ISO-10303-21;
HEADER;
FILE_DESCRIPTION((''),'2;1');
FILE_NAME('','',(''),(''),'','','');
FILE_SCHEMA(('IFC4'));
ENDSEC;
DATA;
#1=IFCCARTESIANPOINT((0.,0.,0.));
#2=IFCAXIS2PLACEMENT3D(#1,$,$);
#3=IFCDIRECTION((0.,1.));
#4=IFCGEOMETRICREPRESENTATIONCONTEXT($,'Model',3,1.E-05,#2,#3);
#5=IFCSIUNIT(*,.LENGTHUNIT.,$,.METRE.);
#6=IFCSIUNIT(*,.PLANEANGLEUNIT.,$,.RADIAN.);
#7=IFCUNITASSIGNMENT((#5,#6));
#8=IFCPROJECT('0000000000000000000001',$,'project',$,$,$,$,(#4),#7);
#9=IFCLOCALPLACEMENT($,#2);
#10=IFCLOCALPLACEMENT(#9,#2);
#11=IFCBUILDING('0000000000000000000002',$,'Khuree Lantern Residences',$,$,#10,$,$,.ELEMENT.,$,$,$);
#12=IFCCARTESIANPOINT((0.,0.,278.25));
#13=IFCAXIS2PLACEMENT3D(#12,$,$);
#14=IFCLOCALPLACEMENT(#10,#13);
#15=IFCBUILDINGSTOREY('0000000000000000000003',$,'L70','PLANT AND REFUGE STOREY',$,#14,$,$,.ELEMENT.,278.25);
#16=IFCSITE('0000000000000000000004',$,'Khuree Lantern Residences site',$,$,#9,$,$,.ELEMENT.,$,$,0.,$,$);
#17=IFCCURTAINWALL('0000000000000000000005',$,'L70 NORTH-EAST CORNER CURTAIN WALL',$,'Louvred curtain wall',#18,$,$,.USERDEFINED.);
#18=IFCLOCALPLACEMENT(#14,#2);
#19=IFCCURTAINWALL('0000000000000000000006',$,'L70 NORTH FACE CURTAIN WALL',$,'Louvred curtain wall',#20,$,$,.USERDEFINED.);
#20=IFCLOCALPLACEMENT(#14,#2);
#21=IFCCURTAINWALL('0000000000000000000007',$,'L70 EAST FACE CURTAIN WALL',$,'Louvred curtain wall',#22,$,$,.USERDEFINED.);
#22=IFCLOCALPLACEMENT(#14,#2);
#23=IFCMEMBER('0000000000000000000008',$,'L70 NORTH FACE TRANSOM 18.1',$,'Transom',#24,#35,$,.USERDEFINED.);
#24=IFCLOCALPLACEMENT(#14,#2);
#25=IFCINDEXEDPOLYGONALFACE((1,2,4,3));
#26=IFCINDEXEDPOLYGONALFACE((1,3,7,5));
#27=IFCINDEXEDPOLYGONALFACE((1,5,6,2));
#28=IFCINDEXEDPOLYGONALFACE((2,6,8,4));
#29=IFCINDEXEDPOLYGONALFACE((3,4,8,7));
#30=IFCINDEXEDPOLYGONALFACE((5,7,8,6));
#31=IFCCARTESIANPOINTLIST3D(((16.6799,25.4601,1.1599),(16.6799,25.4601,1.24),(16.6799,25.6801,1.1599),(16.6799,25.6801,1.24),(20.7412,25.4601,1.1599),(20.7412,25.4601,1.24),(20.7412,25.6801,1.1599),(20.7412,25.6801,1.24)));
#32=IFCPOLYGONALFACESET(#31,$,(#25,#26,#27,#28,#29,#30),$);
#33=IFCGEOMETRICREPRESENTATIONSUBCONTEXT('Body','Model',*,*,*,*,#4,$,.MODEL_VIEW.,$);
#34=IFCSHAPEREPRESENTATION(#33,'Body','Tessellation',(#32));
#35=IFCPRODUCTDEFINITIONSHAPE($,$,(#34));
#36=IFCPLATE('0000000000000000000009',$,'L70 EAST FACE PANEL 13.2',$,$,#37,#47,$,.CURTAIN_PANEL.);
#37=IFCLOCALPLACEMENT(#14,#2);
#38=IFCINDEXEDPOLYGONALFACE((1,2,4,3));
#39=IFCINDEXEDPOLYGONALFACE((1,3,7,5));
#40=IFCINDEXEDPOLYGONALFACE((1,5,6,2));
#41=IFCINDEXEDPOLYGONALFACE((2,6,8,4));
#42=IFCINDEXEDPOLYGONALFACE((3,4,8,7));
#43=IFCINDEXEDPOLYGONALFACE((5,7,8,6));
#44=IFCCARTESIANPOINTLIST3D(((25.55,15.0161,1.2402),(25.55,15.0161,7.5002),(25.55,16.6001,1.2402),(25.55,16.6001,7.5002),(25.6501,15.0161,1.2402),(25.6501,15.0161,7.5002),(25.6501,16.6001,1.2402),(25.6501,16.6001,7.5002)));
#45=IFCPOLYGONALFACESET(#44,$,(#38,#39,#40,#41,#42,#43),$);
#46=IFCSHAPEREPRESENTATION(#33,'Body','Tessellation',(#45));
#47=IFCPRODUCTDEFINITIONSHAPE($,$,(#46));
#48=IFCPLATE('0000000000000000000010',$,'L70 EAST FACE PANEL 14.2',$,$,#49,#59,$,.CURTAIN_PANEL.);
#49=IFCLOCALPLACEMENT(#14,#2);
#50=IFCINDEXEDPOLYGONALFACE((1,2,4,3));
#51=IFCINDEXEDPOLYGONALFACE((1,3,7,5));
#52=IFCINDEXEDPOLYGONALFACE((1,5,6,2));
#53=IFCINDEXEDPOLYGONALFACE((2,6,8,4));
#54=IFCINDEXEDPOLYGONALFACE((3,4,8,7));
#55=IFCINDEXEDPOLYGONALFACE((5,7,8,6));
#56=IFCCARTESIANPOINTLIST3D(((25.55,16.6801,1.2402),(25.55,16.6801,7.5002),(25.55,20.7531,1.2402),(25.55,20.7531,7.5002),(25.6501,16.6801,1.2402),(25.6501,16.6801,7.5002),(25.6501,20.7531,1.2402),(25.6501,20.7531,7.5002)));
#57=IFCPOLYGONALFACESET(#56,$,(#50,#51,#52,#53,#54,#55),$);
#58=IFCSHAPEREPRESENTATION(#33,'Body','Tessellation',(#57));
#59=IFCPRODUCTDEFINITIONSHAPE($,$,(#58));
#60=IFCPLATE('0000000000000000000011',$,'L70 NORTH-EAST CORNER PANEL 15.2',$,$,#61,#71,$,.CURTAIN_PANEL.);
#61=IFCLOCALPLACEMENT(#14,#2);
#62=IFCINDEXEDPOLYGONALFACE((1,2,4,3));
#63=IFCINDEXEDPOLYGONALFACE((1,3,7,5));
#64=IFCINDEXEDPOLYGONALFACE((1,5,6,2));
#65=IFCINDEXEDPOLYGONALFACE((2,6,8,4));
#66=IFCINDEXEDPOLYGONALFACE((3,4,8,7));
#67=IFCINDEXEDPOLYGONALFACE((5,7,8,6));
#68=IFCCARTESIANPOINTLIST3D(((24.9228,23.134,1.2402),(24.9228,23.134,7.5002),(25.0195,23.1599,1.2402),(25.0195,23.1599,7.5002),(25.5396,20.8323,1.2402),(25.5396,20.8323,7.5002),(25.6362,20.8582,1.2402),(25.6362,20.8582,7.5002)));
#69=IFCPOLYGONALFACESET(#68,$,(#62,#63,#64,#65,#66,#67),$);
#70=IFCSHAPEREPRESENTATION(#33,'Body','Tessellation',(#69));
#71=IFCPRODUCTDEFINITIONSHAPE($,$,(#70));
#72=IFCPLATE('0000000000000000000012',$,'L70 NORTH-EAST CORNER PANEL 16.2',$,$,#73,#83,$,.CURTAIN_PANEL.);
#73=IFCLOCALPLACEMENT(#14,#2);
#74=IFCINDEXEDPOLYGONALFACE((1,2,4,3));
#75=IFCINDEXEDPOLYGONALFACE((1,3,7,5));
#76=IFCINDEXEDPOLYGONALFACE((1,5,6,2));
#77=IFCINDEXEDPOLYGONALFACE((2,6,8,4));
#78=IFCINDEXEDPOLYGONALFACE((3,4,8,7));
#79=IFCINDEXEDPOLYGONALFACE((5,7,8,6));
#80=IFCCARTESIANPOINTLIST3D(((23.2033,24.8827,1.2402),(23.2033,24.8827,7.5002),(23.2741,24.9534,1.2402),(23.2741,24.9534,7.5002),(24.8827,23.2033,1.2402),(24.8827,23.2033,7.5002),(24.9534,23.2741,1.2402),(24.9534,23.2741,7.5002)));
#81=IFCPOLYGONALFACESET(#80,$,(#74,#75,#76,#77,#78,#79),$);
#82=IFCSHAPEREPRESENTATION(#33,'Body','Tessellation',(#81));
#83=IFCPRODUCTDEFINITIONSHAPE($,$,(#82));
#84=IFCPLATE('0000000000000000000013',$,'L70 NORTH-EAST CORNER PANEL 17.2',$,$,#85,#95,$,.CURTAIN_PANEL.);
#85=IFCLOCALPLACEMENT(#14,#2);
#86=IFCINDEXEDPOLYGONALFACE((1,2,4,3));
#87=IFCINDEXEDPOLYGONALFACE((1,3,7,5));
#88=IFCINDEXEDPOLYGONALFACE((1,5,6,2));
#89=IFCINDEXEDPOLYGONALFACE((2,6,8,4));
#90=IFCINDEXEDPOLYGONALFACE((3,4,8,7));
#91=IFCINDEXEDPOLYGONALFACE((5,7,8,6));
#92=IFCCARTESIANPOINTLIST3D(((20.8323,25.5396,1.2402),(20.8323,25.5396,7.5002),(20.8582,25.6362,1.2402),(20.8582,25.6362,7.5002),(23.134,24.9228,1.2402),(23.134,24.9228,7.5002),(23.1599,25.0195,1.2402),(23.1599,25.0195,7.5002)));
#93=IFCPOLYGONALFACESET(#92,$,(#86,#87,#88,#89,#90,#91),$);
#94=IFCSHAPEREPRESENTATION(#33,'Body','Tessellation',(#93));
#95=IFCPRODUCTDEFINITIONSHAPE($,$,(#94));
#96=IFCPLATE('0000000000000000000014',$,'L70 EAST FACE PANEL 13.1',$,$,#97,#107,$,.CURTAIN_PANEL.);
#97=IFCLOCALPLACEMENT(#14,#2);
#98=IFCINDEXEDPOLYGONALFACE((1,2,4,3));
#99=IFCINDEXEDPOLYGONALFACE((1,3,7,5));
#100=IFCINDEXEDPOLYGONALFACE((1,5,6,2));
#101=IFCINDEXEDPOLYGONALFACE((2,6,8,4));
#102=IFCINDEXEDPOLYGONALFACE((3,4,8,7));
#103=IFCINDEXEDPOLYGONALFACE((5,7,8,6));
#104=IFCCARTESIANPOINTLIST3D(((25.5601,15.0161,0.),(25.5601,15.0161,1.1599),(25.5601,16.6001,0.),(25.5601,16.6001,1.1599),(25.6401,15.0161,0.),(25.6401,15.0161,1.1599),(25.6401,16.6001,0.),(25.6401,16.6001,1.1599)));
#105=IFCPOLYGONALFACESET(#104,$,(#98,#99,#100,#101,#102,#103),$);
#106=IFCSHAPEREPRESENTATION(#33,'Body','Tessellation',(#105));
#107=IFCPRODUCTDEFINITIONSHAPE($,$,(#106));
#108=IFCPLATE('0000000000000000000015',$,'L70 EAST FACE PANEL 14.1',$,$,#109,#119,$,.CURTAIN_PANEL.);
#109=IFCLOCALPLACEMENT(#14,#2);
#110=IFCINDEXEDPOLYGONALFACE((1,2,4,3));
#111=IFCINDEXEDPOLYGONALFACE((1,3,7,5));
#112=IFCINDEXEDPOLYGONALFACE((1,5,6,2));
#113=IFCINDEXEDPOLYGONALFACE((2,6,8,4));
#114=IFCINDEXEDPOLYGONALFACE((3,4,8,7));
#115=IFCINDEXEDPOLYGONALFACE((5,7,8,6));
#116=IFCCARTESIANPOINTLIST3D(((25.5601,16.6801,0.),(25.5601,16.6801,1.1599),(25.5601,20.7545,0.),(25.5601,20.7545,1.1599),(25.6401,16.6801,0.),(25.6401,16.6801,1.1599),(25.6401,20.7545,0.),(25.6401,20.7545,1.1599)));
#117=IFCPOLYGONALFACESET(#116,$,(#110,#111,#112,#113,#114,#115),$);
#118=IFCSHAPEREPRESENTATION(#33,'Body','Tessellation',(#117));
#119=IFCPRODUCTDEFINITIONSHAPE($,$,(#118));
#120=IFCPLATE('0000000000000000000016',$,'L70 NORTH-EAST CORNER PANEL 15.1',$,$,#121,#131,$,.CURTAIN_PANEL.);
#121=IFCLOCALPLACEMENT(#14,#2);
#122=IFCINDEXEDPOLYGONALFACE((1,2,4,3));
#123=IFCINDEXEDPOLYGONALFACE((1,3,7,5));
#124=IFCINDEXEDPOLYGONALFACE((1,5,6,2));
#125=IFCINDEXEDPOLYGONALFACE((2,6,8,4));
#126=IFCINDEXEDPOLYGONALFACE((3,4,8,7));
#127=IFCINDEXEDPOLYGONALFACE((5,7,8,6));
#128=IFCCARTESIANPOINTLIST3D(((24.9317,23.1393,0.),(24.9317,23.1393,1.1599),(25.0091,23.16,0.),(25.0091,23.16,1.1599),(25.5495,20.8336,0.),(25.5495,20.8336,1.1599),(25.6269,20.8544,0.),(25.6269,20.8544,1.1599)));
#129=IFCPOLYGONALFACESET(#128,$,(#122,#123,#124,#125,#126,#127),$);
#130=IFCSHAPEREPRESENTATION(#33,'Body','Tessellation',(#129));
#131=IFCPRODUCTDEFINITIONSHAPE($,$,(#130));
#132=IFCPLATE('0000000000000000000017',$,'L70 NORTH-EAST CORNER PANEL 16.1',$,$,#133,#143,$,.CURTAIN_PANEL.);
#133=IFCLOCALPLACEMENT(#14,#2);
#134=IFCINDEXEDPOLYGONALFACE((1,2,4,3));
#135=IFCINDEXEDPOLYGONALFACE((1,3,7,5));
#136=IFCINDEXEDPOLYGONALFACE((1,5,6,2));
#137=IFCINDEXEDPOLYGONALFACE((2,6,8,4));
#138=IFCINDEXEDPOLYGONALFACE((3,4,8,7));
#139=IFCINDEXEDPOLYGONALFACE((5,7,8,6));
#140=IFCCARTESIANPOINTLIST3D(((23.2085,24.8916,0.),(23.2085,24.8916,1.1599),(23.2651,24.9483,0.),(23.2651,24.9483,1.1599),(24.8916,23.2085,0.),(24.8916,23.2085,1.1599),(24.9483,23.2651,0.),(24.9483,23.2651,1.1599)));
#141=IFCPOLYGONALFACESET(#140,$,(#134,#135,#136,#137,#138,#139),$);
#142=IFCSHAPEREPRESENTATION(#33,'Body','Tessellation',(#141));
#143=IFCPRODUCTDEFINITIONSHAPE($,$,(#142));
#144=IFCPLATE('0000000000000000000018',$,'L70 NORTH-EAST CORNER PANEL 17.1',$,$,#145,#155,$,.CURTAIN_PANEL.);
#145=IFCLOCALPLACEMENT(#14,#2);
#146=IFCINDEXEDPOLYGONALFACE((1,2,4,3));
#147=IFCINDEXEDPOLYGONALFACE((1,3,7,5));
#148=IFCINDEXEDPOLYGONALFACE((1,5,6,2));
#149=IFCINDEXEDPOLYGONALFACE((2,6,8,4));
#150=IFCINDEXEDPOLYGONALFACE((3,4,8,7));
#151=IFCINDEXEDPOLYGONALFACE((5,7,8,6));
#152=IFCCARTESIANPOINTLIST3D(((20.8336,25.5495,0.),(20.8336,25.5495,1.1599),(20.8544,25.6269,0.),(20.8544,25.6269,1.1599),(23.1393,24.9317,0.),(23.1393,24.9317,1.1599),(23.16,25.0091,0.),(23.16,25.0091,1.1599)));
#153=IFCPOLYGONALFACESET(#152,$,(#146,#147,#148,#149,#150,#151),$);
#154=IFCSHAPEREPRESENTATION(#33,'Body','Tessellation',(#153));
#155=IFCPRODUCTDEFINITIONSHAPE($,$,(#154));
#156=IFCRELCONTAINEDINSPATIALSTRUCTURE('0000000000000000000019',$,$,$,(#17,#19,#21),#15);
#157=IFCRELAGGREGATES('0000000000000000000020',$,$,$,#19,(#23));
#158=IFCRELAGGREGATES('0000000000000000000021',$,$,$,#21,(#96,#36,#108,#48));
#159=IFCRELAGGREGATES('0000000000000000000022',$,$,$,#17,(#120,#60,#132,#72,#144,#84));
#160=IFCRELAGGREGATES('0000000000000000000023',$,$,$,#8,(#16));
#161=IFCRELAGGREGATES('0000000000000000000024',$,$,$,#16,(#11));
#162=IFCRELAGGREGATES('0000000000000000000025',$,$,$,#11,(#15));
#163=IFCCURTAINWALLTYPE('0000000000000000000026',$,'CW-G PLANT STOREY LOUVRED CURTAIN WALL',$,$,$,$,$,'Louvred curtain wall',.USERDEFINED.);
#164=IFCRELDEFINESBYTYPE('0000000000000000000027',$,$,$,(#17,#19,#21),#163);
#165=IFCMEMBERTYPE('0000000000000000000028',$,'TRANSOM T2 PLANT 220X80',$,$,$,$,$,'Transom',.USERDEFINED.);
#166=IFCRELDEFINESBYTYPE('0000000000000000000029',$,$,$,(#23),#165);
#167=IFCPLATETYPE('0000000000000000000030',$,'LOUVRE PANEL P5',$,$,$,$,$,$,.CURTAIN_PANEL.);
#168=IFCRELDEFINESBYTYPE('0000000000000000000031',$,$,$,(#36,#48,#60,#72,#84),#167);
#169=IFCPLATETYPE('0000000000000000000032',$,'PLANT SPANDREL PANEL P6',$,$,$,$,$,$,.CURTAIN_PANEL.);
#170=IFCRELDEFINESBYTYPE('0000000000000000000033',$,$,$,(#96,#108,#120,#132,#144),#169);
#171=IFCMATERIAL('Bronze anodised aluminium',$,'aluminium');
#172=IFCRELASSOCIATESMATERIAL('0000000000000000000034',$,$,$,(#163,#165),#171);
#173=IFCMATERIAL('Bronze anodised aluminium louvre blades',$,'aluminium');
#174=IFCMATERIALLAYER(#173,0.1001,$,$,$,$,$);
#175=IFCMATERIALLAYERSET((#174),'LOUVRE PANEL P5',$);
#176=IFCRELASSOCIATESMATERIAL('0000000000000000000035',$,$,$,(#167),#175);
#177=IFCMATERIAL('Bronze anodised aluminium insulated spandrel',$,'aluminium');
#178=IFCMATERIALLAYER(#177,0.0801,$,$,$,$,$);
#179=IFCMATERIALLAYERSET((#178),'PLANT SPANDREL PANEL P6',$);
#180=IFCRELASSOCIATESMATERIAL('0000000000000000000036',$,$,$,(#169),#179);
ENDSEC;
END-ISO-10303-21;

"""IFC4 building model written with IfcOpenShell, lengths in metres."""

from ifc_helpers import new_model, si_unit, direction, frame, origin, origin_2d, place, context, subcontext, project, spatial, rectangle, extrude, material, layer, layer_set, material_profile, profile_set, type_object, element, aggregate, save


model = new_model("IFC4")

# Units and contexts
model_context = context("Model", 3, precision=1e-05, world=origin(), true_north=direction((0.0, 1.0)))
body_context = subcontext(model_context, "Body", "Model", "MODEL_VIEW")
ifc_project = project(units=[si_unit("LENGTHUNIT", "METRE"), si_unit("PLANEANGLEUNIT", "RADIAN")], contexts=[model_context])

# Site, building, storey
site_placement = place(None, origin())
site = spatial("IfcSite", under=ifc_project, at=site_placement, Name="Khuree Lantern Residences site", CompositionType="ELEMENT", RefElevation=0.0)
building_placement = place(site_placement, origin())
building = spatial("IfcBuilding", under=site, at=building_placement, Name="Khuree Lantern Residences", CompositionType="ELEMENT")
storey_placement = place(building_placement, frame((0.0, 0.0, 278.25)))
storey = spatial("IfcBuildingStorey", under=building, at=storey_placement, Name="L70", Description="PLANT AND REFUGE STOREY", CompositionType="ELEMENT", Elevation=278.25)

# Curtain walls
ifc_material_1 = material(Name="Bronze anodised aluminium", Category="aluminium")
curtain_wall_type = type_object("IfcCurtainWallType", Name="CW-G PLANT STOREY LOUVRED CURTAIN WALL", ElementType="Louvred curtain wall", PredefinedType="USERDEFINED", material=ifc_material_1)
curtain_wall_1_placement = place(storey_placement, origin())
curtain_wall_1 = element("IfcCurtainWall", 1, at=curtain_wall_1_placement, inside=storey, type_object=curtain_wall_type, Name="L70 NORTH-EAST CORNER CURTAIN WALL", ObjectType="Louvred curtain wall", PredefinedType="USERDEFINED")
curtain_wall_2_placement = place(storey_placement, origin())
curtain_wall_2 = element("IfcCurtainWall", 2, at=curtain_wall_2_placement, inside=storey, type_object=curtain_wall_type, Name="L70 NORTH FACE CURTAIN WALL", ObjectType="Louvred curtain wall", PredefinedType="USERDEFINED")

# Curtain wall
curtain_wall_3_placement = place(storey_placement, origin())
curtain_wall_3 = element("IfcCurtainWall", 3, at=curtain_wall_3_placement, inside=storey, type_object=curtain_wall_type, Name="L70 EAST FACE CURTAIN WALL", ObjectType="Louvred curtain wall", PredefinedType="USERDEFINED")

# Member
ifc_material_profile_1 = material_profile(ifc_material_1, rectangle(XDim=0.22, YDim=0.0801, at=origin_2d()), Name="T2 220X80")
ifc_profile_set_1 = profile_set([ifc_material_profile_1], Name="Bronze anodised aluminium")
member_type_1 = type_object("IfcMemberType", Name="TRANSOM T2 PLANT 220X80", ElementType="Transom", PredefinedType="USERDEFINED", material=ifc_profile_set_1)
member_1_placement = place(storey_placement, frame((20.7412, 25.5701, 1.2), z_axis=(-1.0, 0.0, 0.0), x_axis=(0.0, -1.0, 0.0)))
member_1 = element("IfcMember", 4, at=member_1_placement, type_object=member_type_1, Name="L70 NORTH FACE TRANSOM 18.1", ObjectType="Transom", PredefinedType="USERDEFINED", context=body_context, shape_type="SweptSolid", body=[
    extrude(rectangle(XDim=0.22, YDim=0.0801, at=origin_2d()), origin(), (0.0, 0.0, 1.0), 4.0613),
])
aggregate(curtain_wall_2, [member_1])

# Plates
ifc_material_2 = material(Name="Bronze anodised aluminium louvre blades", Category="aluminium")
ifc_layer_1 = layer(ifc_material_2, 0.1001)
ifc_layer_set_1 = layer_set([ifc_layer_1], Name="LOUVRE PANEL P5")
plate_type_1 = type_object("IfcPlateType", Name="LOUVRE PANEL P5", PredefinedType="CURTAIN_PANEL", material=ifc_layer_set_1)
plate_1_placement = place(storey_placement, frame((25.6001, 15.8081, 1.2402), z_axis=(0.0, 0.0, 1.0), x_axis=(0.0, 1.0, 0.0)))
plate_1 = element("IfcPlate", 5, at=plate_1_placement, type_object=plate_type_1, Name="L70 EAST FACE PANEL 13.2", PredefinedType="CURTAIN_PANEL", context=body_context, shape_type="SweptSolid", body=[
    extrude(rectangle(XDim=1.584, YDim=0.1001, at=origin_2d()), origin(), (0.0, 0.0, 1.0), 6.26),
])
plate_2_placement = place(storey_placement, frame((25.6001, 18.7166, 1.2402), z_axis=(0.0, 0.0, 1.0), x_axis=(0.0, 1.0, 0.0)))
plate_2 = element("IfcPlate", 6, at=plate_2_placement, type_object=plate_type_1, Name="L70 EAST FACE PANEL 14.2", PredefinedType="CURTAIN_PANEL", context=body_context, shape_type="SweptSolid", body=[
    extrude(rectangle(XDim=4.073, YDim=0.1001, at=origin_2d()), origin(), (0.0, 0.0, 1.0), 6.26),
])
plate_3_placement = place(storey_placement, frame((25.2795, 21.9961, 1.2402), z_axis=(0.0, 0.0, 1.0), x_axis=(-0.258819, 0.965926, 0.0)))
plate_3 = element("IfcPlate", 7, at=plate_3_placement, type_object=plate_type_1, Name="L70 NORTH-EAST CORNER PANEL 15.2", PredefinedType="CURTAIN_PANEL", context=body_context, shape_type="SweptSolid", body=[
    extrude(rectangle(XDim=2.3828, YDim=0.1001, at=origin_2d()), origin(), (0.0, 0.0, 1.0), 6.26),
])
plate_4_placement = place(storey_placement, frame((24.0784, 24.0784, 1.2402), z_axis=(0.0, 0.0, 1.0), x_axis=(-0.707107, 0.707107, 0.0)))
plate_4 = element("IfcPlate", 8, at=plate_4_placement, type_object=plate_type_1, Name="L70 NORTH-EAST CORNER PANEL 16.2", PredefinedType="CURTAIN_PANEL", context=body_context, shape_type="SweptSolid", body=[
    extrude(rectangle(XDim=2.375, YDim=0.1001, at=origin_2d()), origin(), (0.0, 0.0, 1.0), 6.26),
])
plate_5_placement = place(storey_placement, frame((21.9961, 25.2795, 1.2402), z_axis=(0.0, 0.0, 1.0), x_axis=(-0.965926, 0.258819, 0.0)))
plate_5 = element("IfcPlate", 9, at=plate_5_placement, type_object=plate_type_1, Name="L70 NORTH-EAST CORNER PANEL 17.2", PredefinedType="CURTAIN_PANEL", context=body_context, shape_type="SweptSolid", body=[
    extrude(rectangle(XDim=2.3828, YDim=0.1001, at=origin_2d()), origin(), (0.0, 0.0, 1.0), 6.26),
])
ifc_material_3 = material(Name="Bronze anodised aluminium insulated spandrel", Category="aluminium")
ifc_layer_2 = layer(ifc_material_3, 0.0801)
ifc_layer_set_2 = layer_set([ifc_layer_2], Name="PLANT SPANDREL PANEL P6")
plate_type_2 = type_object("IfcPlateType", Name="PLANT SPANDREL PANEL P6", PredefinedType="CURTAIN_PANEL", material=ifc_layer_set_2)
plate_6_placement = place(storey_placement, frame((25.6001, 15.8081, 0.0), z_axis=(0.0, 0.0, 1.0), x_axis=(0.0, 1.0, 0.0)))
plate_6 = element("IfcPlate", 10, at=plate_6_placement, type_object=plate_type_2, Name="L70 EAST FACE PANEL 13.1", PredefinedType="CURTAIN_PANEL", context=body_context, shape_type="SweptSolid", body=[
    extrude(rectangle(XDim=1.584, YDim=0.0801, at=origin_2d()), origin(), (0.0, 0.0, 1.0), 1.1599),
])
plate_7_placement = place(storey_placement, frame((25.6001, 18.7173, 0.0), z_axis=(0.0, 0.0, 1.0), x_axis=(0.0, 1.0, 0.0)))
plate_7 = element("IfcPlate", 11, at=plate_7_placement, type_object=plate_type_2, Name="L70 EAST FACE PANEL 14.1", PredefinedType="CURTAIN_PANEL", context=body_context, shape_type="SweptSolid", body=[
    extrude(rectangle(XDim=4.0745, YDim=0.0801, at=origin_2d()), origin(), (0.0, 0.0, 1.0), 1.1599),
])
aggregate(curtain_wall_3, [plate_6, plate_1, plate_7, plate_2])
plate_8_placement = place(storey_placement, frame((25.2793, 21.9968, 0.0), z_axis=(0.0, 0.0, 1.0), x_axis=(-0.258819, 0.965926, 0.0)))
plate_8 = element("IfcPlate", 12, at=plate_8_placement, type_object=plate_type_2, Name="L70 NORTH-EAST CORNER PANEL 15.1", PredefinedType="CURTAIN_PANEL", context=body_context, shape_type="SweptSolid", body=[
    extrude(rectangle(XDim=2.387, YDim=0.0801, at=origin_2d()), origin(), (0.0, 0.0, 1.0), 1.1599),
])
plate_9_placement = place(storey_placement, frame((24.0784, 24.0784, 0.0), z_axis=(0.0, 0.0, 1.0), x_axis=(-0.707107, 0.707107, 0.0)))
plate_9 = element("IfcPlate", 13, at=plate_9_placement, type_object=plate_type_2, Name="L70 NORTH-EAST CORNER PANEL 16.1", PredefinedType="CURTAIN_PANEL", context=body_context, shape_type="SweptSolid", body=[
    extrude(rectangle(XDim=2.3804, YDim=0.0801, at=origin_2d()), origin(), (0.0, 0.0, 1.0), 1.1599),
])
plate_10_placement = place(storey_placement, frame((21.9968, 25.2793, 0.0), z_axis=(0.0, 0.0, 1.0), x_axis=(-0.965926, 0.258819, 0.0)))
plate_10 = element("IfcPlate", 14, at=plate_10_placement, type_object=plate_type_2, Name="L70 NORTH-EAST CORNER PANEL 17.1", PredefinedType="CURTAIN_PANEL", context=body_context, shape_type="SweptSolid", body=[
    extrude(rectangle(XDim=2.387, YDim=0.0801, at=origin_2d()), origin(), (0.0, 0.0, 1.0), 1.1599),
])
aggregate(curtain_wall_1, [plate_8, plate_3, plate_9, plate_4, plate_10, plate_5])

save(model, "model.ifc")
